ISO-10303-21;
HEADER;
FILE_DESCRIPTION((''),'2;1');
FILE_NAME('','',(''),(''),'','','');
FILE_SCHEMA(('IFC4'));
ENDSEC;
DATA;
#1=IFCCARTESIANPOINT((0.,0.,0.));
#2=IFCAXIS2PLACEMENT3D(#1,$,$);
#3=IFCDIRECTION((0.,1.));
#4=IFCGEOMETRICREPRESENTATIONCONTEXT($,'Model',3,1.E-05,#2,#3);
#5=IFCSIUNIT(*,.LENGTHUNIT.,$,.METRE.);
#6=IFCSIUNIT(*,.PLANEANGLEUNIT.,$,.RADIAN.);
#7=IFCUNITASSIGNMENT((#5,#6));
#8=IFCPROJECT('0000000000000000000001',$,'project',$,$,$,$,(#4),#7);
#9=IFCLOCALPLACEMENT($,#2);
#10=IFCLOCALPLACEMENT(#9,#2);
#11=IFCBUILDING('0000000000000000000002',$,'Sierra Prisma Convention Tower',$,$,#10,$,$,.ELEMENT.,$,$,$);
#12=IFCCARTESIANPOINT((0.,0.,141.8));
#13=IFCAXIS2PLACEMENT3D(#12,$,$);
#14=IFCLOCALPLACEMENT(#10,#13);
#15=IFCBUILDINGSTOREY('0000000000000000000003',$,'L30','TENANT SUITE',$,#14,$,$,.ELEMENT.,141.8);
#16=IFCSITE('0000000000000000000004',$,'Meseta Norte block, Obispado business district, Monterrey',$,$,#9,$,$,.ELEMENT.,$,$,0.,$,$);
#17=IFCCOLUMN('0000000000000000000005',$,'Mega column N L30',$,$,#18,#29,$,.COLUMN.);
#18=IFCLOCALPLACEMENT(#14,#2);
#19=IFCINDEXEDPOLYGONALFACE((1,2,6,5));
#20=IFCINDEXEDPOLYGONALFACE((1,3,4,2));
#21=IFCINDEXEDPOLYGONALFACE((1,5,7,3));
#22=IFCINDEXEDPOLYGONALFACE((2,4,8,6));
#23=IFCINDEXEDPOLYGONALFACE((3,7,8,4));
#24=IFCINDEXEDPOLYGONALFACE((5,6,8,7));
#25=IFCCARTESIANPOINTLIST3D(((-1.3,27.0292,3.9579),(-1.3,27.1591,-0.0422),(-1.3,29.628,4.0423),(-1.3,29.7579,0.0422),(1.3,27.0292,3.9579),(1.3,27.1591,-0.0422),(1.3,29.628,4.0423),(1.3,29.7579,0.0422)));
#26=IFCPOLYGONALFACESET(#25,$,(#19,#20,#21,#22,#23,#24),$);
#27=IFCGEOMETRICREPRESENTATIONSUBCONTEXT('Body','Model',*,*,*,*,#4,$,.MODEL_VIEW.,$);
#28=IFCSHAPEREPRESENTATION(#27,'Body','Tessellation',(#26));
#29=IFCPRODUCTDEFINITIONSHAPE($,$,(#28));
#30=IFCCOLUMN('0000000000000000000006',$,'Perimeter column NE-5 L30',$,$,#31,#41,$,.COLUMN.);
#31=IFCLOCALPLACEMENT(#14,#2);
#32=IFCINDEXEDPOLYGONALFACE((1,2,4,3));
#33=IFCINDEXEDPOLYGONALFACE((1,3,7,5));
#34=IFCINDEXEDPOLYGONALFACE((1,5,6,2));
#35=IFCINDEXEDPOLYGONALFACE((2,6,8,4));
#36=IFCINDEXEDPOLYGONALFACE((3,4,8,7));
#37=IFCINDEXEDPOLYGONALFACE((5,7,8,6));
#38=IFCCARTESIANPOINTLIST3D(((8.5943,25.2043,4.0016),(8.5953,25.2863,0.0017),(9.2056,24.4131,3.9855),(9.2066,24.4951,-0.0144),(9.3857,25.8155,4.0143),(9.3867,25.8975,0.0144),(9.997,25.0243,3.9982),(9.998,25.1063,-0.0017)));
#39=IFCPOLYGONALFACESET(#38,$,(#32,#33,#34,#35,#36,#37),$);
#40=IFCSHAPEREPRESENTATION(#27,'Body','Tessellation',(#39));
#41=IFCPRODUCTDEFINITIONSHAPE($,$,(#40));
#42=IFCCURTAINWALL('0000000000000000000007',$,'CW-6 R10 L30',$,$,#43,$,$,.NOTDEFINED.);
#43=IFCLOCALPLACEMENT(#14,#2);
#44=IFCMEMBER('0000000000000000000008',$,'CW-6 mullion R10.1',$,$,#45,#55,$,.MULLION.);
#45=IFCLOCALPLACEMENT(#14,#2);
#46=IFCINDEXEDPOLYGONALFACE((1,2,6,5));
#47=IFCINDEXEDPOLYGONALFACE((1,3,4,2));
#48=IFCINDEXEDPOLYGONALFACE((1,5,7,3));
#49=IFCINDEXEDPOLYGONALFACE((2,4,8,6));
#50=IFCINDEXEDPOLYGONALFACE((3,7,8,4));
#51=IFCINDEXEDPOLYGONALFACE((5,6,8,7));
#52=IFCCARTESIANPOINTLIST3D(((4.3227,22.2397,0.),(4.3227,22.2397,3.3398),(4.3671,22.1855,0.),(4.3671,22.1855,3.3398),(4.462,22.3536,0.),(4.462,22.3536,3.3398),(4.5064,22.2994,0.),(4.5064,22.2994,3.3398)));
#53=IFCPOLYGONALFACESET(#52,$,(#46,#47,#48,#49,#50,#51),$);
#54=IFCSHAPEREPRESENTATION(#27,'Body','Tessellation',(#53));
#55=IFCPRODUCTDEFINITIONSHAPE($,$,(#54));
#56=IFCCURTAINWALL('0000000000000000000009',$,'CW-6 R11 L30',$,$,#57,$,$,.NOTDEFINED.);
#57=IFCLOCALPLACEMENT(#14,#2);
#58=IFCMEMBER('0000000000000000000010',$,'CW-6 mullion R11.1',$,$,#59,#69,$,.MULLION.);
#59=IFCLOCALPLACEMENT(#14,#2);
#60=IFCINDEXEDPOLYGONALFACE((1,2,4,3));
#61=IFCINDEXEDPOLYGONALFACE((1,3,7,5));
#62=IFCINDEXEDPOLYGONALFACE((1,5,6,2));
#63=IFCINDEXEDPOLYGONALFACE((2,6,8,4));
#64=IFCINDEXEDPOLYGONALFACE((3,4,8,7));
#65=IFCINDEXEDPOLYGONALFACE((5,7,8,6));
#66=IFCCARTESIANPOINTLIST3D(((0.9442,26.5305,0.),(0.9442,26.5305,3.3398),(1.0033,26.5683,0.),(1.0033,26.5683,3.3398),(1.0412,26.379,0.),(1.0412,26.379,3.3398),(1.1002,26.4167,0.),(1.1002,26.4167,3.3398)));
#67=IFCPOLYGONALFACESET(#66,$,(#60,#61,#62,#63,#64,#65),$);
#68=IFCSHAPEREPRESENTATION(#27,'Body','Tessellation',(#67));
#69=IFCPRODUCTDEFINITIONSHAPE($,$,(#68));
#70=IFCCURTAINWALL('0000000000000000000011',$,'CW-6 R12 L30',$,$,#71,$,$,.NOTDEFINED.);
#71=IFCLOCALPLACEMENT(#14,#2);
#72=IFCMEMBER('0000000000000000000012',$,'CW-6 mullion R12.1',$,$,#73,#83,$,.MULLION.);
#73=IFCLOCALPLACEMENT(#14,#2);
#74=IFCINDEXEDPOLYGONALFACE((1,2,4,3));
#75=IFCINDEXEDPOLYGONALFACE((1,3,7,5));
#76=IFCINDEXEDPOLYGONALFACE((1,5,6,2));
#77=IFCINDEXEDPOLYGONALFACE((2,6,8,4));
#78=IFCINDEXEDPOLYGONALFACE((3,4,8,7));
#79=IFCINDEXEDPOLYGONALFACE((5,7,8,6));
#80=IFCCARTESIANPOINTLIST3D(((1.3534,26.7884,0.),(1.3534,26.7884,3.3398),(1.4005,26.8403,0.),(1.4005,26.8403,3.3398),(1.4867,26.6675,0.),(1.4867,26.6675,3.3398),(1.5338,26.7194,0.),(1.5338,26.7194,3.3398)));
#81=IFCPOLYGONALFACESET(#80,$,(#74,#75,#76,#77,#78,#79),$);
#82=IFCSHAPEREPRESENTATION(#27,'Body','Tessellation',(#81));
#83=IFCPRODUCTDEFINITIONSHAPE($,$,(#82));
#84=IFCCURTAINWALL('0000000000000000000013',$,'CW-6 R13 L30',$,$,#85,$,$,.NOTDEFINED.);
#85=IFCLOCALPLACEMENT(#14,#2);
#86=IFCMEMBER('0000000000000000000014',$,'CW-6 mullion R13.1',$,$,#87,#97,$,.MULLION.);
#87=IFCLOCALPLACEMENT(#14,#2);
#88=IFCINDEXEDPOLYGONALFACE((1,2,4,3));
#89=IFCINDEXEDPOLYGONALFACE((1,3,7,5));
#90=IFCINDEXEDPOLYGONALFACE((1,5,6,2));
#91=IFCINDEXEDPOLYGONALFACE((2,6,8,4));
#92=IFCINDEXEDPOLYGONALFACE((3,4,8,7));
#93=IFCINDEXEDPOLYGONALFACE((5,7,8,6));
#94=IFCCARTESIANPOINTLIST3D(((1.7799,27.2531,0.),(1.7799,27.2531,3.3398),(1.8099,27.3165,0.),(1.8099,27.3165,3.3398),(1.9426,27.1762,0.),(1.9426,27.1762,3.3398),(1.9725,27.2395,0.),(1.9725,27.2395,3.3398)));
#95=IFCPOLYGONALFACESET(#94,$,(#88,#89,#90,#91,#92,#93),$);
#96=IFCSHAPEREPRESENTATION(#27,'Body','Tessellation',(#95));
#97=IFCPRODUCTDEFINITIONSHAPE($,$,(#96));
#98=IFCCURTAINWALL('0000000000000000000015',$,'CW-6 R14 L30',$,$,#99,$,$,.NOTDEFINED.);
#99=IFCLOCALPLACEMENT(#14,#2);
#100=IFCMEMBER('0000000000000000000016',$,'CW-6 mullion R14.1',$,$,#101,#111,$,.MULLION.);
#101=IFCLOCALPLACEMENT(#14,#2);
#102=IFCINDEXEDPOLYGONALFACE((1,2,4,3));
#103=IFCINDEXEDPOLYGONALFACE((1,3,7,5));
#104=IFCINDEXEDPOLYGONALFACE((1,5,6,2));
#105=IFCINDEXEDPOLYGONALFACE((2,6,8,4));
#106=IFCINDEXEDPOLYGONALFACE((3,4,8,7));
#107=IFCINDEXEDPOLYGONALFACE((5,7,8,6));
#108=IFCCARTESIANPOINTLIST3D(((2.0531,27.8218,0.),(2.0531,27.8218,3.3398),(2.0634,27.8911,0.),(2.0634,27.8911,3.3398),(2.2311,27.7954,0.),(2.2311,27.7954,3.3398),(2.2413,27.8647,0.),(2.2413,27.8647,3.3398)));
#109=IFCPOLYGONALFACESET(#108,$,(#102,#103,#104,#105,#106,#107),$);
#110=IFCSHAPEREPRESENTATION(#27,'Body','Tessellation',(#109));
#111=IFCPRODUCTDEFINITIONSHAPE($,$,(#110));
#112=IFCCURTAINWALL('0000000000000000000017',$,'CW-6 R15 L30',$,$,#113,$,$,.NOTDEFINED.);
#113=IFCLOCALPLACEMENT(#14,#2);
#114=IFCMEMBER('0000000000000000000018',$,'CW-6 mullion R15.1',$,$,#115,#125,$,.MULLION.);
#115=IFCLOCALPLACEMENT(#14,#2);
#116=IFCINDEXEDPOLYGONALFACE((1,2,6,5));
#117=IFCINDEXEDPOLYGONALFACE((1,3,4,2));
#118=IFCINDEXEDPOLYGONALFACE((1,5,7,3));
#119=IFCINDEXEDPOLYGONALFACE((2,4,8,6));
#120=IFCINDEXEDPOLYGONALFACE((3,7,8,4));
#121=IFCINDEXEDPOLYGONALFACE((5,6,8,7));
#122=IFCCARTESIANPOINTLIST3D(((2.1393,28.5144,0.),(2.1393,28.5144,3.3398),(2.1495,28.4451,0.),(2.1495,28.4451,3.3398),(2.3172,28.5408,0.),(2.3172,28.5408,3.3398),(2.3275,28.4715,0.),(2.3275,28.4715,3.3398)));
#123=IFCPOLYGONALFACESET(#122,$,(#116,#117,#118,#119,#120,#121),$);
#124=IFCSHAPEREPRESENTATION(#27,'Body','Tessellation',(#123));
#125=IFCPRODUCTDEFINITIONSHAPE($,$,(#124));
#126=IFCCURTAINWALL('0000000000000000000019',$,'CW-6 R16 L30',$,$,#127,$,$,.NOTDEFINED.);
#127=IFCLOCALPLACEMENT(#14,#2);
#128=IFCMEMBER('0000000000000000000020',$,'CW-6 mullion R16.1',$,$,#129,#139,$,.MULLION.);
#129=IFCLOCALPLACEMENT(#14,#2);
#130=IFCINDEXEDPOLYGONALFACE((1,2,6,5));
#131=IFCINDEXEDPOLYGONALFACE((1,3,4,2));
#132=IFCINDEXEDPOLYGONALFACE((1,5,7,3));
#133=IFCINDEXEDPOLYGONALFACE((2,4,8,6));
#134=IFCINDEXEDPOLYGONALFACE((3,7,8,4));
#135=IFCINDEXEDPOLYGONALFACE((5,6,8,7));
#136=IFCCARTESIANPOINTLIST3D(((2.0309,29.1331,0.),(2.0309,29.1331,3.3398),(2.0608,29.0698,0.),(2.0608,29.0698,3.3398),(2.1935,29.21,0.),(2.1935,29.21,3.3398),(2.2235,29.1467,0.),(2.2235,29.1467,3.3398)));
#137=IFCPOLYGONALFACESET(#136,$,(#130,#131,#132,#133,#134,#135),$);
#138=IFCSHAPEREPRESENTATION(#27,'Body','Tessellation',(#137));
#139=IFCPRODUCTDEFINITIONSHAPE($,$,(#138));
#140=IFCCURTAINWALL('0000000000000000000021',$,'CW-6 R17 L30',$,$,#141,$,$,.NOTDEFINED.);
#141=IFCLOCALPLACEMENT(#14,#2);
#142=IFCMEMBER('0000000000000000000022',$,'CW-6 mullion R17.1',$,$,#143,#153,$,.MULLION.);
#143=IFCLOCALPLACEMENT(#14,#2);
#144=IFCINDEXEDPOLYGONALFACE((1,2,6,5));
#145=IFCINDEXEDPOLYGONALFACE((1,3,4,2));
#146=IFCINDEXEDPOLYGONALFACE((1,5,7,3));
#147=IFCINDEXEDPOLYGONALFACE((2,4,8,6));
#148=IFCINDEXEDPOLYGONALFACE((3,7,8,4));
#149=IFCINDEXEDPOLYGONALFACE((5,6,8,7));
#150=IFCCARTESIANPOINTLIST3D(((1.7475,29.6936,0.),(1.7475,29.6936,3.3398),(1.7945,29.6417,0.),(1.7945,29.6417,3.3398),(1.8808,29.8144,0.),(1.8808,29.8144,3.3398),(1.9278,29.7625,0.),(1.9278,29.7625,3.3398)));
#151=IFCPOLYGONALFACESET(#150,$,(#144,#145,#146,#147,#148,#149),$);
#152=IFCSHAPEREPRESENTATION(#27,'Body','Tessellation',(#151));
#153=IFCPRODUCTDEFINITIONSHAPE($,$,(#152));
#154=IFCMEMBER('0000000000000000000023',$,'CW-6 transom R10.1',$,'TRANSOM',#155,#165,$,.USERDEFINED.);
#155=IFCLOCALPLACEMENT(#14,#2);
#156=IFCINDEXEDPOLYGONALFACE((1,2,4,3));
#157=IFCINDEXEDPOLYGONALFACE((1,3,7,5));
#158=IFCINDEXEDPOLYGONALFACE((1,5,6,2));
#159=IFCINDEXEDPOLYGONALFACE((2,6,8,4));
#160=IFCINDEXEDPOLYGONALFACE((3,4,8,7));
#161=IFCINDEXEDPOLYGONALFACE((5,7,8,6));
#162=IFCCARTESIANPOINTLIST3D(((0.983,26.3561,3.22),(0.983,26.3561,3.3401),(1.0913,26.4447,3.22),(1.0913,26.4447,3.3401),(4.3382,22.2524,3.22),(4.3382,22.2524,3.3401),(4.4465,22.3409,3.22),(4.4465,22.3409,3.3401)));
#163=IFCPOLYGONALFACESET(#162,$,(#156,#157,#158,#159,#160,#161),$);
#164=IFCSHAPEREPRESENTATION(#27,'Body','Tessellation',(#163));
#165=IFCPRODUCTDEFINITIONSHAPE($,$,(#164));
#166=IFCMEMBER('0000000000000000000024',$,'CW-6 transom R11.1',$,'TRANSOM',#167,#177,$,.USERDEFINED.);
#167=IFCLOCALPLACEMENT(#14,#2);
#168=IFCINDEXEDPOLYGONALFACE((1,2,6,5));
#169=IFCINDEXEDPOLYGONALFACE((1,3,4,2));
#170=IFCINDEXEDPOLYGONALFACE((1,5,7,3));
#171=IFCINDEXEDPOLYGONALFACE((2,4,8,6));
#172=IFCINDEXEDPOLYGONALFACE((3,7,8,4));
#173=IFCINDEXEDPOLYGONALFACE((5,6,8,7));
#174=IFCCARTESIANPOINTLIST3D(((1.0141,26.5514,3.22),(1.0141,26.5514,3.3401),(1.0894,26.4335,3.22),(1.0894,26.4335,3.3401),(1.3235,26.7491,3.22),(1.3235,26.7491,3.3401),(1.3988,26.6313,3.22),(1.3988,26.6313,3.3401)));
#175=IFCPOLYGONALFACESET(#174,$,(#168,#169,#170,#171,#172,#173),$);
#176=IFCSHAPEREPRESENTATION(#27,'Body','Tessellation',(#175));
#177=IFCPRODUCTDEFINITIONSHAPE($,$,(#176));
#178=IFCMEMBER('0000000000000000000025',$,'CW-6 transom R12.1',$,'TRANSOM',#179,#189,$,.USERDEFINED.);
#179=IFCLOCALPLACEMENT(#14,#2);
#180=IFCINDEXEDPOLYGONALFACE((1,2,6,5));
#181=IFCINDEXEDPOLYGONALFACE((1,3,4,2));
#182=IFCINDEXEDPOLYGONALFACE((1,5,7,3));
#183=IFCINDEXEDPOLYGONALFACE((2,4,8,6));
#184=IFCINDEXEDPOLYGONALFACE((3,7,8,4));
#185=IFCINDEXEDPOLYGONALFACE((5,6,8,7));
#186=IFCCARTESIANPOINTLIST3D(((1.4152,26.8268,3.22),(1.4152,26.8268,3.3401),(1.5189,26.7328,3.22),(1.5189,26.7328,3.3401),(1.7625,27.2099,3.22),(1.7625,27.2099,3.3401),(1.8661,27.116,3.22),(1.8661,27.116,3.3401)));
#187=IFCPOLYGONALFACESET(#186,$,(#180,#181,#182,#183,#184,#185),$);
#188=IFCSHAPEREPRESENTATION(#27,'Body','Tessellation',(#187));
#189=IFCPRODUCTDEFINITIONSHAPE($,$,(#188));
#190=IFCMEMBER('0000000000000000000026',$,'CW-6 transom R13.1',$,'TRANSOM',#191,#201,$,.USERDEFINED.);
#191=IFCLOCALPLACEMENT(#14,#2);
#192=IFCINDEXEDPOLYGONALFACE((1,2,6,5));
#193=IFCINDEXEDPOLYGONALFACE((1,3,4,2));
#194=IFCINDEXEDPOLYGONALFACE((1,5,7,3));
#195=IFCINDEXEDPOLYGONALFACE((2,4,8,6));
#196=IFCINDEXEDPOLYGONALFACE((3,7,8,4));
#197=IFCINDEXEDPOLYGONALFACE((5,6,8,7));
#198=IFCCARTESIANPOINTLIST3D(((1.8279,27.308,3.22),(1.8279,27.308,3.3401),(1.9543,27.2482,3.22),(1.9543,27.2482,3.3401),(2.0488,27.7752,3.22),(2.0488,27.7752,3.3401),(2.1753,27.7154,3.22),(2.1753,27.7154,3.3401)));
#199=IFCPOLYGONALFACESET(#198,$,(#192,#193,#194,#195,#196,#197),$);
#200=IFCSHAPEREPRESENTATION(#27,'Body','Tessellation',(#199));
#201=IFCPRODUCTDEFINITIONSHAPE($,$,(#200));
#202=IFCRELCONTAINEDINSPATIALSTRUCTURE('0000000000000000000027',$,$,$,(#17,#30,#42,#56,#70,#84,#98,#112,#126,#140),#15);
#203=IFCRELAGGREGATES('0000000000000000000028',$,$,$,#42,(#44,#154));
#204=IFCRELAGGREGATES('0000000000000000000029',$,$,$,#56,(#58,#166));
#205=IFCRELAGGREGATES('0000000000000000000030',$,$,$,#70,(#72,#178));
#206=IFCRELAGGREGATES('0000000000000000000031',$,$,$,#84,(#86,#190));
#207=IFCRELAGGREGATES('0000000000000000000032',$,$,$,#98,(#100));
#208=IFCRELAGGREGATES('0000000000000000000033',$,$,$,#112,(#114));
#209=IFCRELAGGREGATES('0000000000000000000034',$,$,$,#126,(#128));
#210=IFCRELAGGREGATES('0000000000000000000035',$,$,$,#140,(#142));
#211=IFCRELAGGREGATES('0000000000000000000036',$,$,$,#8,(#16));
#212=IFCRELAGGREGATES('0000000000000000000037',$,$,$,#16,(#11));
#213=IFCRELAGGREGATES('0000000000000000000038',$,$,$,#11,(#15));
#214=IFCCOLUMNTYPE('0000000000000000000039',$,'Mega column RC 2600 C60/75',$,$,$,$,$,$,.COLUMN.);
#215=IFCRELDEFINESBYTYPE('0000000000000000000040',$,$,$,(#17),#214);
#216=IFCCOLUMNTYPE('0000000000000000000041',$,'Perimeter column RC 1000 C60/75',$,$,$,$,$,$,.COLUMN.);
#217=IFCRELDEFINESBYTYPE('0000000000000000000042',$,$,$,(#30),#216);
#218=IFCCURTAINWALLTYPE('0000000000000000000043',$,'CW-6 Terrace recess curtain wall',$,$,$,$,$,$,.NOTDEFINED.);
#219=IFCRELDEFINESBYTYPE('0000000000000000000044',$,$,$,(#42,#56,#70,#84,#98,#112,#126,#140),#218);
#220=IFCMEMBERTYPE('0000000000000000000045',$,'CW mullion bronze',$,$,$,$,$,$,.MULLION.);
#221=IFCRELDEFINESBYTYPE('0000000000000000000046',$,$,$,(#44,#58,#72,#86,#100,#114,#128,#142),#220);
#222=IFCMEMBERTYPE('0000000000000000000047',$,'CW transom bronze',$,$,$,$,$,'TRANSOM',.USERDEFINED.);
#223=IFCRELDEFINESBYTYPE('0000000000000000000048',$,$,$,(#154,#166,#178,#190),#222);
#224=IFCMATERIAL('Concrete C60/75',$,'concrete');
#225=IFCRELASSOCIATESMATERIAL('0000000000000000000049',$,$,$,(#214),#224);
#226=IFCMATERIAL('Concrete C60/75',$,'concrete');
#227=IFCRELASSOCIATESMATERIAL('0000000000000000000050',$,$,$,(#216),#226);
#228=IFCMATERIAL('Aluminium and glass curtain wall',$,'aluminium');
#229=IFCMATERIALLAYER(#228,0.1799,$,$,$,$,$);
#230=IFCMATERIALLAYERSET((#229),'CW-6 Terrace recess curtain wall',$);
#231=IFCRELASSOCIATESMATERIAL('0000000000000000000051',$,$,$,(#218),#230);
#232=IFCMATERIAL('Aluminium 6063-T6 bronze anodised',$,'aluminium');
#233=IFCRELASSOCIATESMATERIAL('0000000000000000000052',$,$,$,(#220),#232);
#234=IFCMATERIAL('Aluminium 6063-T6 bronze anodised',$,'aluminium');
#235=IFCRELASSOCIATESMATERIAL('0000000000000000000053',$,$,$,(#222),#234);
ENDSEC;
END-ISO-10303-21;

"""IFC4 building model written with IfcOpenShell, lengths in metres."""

from ifc_helpers import new_model, si_unit, direction, frame, origin, origin_2d, place, context, subcontext, project, spatial, rectangle, extrude, material, layer, layer_set, material_profile, profile_set, type_object, element, aggregate, save


model = new_model("IFC4")

# Units and contexts
model_context = context("Model", 3, precision=1e-05, world=origin(), true_north=direction((0.0, 1.0)))
body_context = subcontext(model_context, "Body", "Model", "MODEL_VIEW")
ifc_project = project(units=[si_unit("LENGTHUNIT", "METRE"), si_unit("PLANEANGLEUNIT", "RADIAN")], contexts=[model_context])

# Site, building, storey
site_placement = place(None, origin())
site = spatial("IfcSite", under=ifc_project, at=site_placement, Name="Meseta Norte block, Obispado business district, Monterrey", CompositionType="ELEMENT", RefElevation=0.0)
building_placement = place(site_placement, origin())
building = spatial("IfcBuilding", under=site, at=building_placement, Name="Sierra Prisma Convention Tower", CompositionType="ELEMENT")
storey_placement = place(building_placement, frame((0.0, 0.0, 141.8)))
storey = spatial("IfcBuildingStorey", under=building, at=storey_placement, Name="L30", Description="TENANT SUITE", CompositionType="ELEMENT", Elevation=141.8)

# Columns
ifc_material_1 = material(Name="Concrete C60/75", Category="concrete")
ifc_material_profile_1 = material_profile(ifc_material_1, rectangle(XDim=2.6001, YDim=2.6001, at=origin_2d()), Name="Mega column RC 2600 C60/75")
ifc_profile_set_1 = profile_set([ifc_material_profile_1], Name="Concrete C60/75")
column_type_1 = type_object("IfcColumnType", Name="Mega column RC 2600 C60/75", PredefinedType="COLUMN", material=ifc_profile_set_1)
column_1_placement = place(storey_placement, frame((0.0, 28.4585, 0.0), z_axis=(0.0, -0.032454, 0.999473), x_axis=(1.0, 0.0, 0.0)))
element("IfcColumn", 1, at=column_1_placement, inside=storey, type_object=column_type_1, Name="Mega column N L30", PredefinedType="COLUMN", context=body_context, shape_type="SweptSolid", body=[
    extrude(rectangle(XDim=2.6001, YDim=2.6001, at=origin_2d()), origin(), (0.0, 0.0, 1.0), 4.0022),
])
ifc_material_2 = material(Name="Concrete C60/75", Category="concrete")
ifc_material_profile_2 = material_profile(ifc_material_2, rectangle(XDim=1.0, YDim=1.0, at=origin_2d()), Name="Perimeter column RC 1000 C60/75")
ifc_profile_set_2 = profile_set([ifc_material_profile_2], Name="Concrete C60/75")
column_type_2 = type_object("IfcColumnType", Name="Perimeter column RC 1000 C60/75", PredefinedType="COLUMN", material=ifc_profile_set_2)
column_2_placement = place(storey_placement, frame((9.2966, 25.1963, 0.0), z_axis=(-0.000244, -0.020504, 0.99979), x_axis=(-0.611332, 0.791211, 0.016077)))
element("IfcColumn", 2, at=column_2_placement, inside=storey, type_object=column_type_2, Name="Perimeter column NE-5 L30", PredefinedType="COLUMN", context=body_context, shape_type="SweptSolid", body=[
    extrude(rectangle(XDim=1.0, YDim=1.0, at=origin_2d()), origin(), (0.0, 0.0, 1.0), 4.0007),
])

# Curtain walls, members
ifc_material_3 = material(Name="Aluminium and glass curtain wall", Category="aluminium")
ifc_layer_1 = layer(ifc_material_3, 0.1799)
ifc_layer_set_1 = layer_set([ifc_layer_1], Name="CW-6 Terrace recess curtain wall")
curtain_wall_type = type_object("IfcCurtainWallType", Name="CW-6 Terrace recess curtain wall", PredefinedType="NOTDEFINED", material=ifc_layer_set_1)
curtain_wall_1_placement = place(storey_placement, origin())
curtain_wall_1 = element("IfcCurtainWall", 3, at=curtain_wall_1_placement, inside=storey, type_object=curtain_wall_type, Name="CW-6 R10 L30", PredefinedType="NOTDEFINED")
ifc_material_4 = material(Name="Aluminium 6063-T6 bronze anodised", Category="aluminium")
ifc_material_profile_3 = material_profile(ifc_material_4, rectangle(XDim=0.1799, YDim=0.0701, at=origin_2d()), Name="ALU MULLION 70x180")
ifc_profile_set_3 = profile_set([ifc_material_profile_3], Name="Aluminium 6063-T6 bronze anodised")
member_type_1 = type_object("IfcMemberType", Name="CW mullion bronze", PredefinedType="MULLION", material=ifc_profile_set_3)
member_1_placement = place(storey_placement, frame((4.4146, 22.2695, 0.0), z_axis=(0.0, 0.0, 1.0), x_axis=(-0.774176, -0.632971, 0.0)))
member_1 = element("IfcMember", 4, at=member_1_placement, type_object=member_type_1, Name="CW-6 mullion R10.1", PredefinedType="MULLION", context=body_context, shape_type="SweptSolid", body=[
    extrude(rectangle(XDim=0.1799, YDim=0.0701, at=origin_2d()), origin(), (0.0, 0.0, 1.0), 3.3398),
])
curtain_wall_2_placement = place(storey_placement, origin())
curtain_wall_2 = element("IfcCurtainWall", 5, at=curtain_wall_2_placement, inside=storey, type_object=curtain_wall_type, Name="CW-6 R11 L30", PredefinedType="NOTDEFINED")
member_2_placement = place(storey_placement, frame((1.0222, 26.4736, 0.0), z_axis=(0.0, 0.0, 1.0), x_axis=(-0.538859, 0.842396, 0.0)))
member_2 = element("IfcMember", 6, at=member_2_placement, type_object=member_type_1, Name="CW-6 mullion R11.1", PredefinedType="MULLION", context=body_context, shape_type="SweptSolid", body=[
    extrude(rectangle(XDim=0.1799, YDim=0.0701, at=origin_2d()), origin(), (0.0, 0.0, 1.0), 3.3398),
])
curtain_wall_3_placement = place(storey_placement, origin())
curtain_wall_3 = element("IfcCurtainWall", 7, at=curtain_wall_3_placement, inside=storey, type_object=curtain_wall_type, Name="CW-6 R12 L30", PredefinedType="NOTDEFINED")
member_3_placement = place(storey_placement, frame((1.4436, 26.7539, 0.0), z_axis=(0.0, 0.0, 1.0), x_axis=(-0.740951, 0.671559, 0.0)))
member_3 = element("IfcMember", 8, at=member_3_placement, type_object=member_type_1, Name="CW-6 mullion R12.1", PredefinedType="MULLION", context=body_context, shape_type="SweptSolid", body=[
    extrude(rectangle(XDim=0.1799, YDim=0.0701, at=origin_2d()), origin(), (0.0, 0.0, 1.0), 3.3398),
])
curtain_wall_4_placement = place(storey_placement, origin())
curtain_wall_4 = element("IfcCurtainWall", 9, at=curtain_wall_4_placement, inside=storey, type_object=curtain_wall_type, Name="CW-6 R13 L30", PredefinedType="NOTDEFINED")
member_4_placement = place(storey_placement, frame((1.8762, 27.2463, 0.0), z_axis=(0.0, 0.0, 1.0), x_axis=(-0.903989, 0.427555, 0.0)))
member_4 = element("IfcMember", 10, at=member_4_placement, type_object=member_type_1, Name="CW-6 mullion R13.1", PredefinedType="MULLION", context=body_context, shape_type="SweptSolid", body=[
    extrude(rectangle(XDim=0.1799, YDim=0.0701, at=origin_2d()), origin(), (0.0, 0.0, 1.0), 3.3398),
])
curtain_wall_5_placement = place(storey_placement, origin())
curtain_wall_5 = element("IfcCurtainWall", 11, at=curtain_wall_5_placement, inside=storey, type_object=curtain_wall_type, Name="CW-6 R14 L30", PredefinedType="NOTDEFINED")
member_5_placement = place(storey_placement, frame((2.1472, 27.8433, 0.0), z_axis=(0.0, 0.0, 1.0), x_axis=(-0.989177, 0.14673, 0.0)))
member_5 = element("IfcMember", 12, at=member_5_placement, type_object=member_type_1, Name="CW-6 mullion R14.1", PredefinedType="MULLION", context=body_context, shape_type="SweptSolid", body=[
    extrude(rectangle(XDim=0.1799, YDim=0.0701, at=origin_2d()), origin(), (0.0, 0.0, 1.0), 3.3398),
])
curtain_wall_6_placement = place(storey_placement, origin())
curtain_wall_6 = element("IfcCurtainWall", 13, at=curtain_wall_6_placement, inside=storey, type_object=curtain_wall_type, Name="CW-6 R15 L30", PredefinedType="NOTDEFINED")
member_6_placement = place(storey_placement, frame((2.2334, 28.4929, 0.0), z_axis=(0.0, 0.0, 1.0), x_axis=(-0.989177, -0.14673, 0.0)))
member_6 = element("IfcMember", 14, at=member_6_placement, type_object=member_type_1, Name="CW-6 mullion R15.1", PredefinedType="MULLION", context=body_context, shape_type="SweptSolid", body=[
    extrude(rectangle(XDim=0.1799, YDim=0.0701, at=origin_2d()), origin(), (0.0, 0.0, 1.0), 3.3398),
])
curtain_wall_7_placement = place(storey_placement, origin())
curtain_wall_7 = element("IfcCurtainWall", 15, at=curtain_wall_7_placement, inside=storey, type_object=curtain_wall_type, Name="CW-6 R16 L30", PredefinedType="NOTDEFINED")
member_7_placement = place(storey_placement, frame((2.1272, 29.1399, 0.0), z_axis=(0.0, 0.0, 1.0), x_axis=(-0.903989, -0.427555, 0.0)))
member_7 = element("IfcMember", 16, at=member_7_placement, type_object=member_type_1, Name="CW-6 mullion R16.1", PredefinedType="MULLION", context=body_context, shape_type="SweptSolid", body=[
    extrude(rectangle(XDim=0.1799, YDim=0.0701, at=origin_2d()), origin(), (0.0, 0.0, 1.0), 3.3398),
])
curtain_wall_8_placement = place(storey_placement, origin())
curtain_wall_8 = element("IfcCurtainWall", 17, at=curtain_wall_8_placement, inside=storey, type_object=curtain_wall_type, Name="CW-6 R17 L30", PredefinedType="NOTDEFINED")
member_8_placement = place(storey_placement, frame((1.8376, 29.728, 0.0), z_axis=(0.0, 0.0, 1.0), x_axis=(-0.740951, -0.671559, 0.0)))
member_8 = element("IfcMember", 18, at=member_8_placement, type_object=member_type_1, Name="CW-6 mullion R17.1", PredefinedType="MULLION", context=body_context, shape_type="SweptSolid", body=[
    extrude(rectangle(XDim=0.1799, YDim=0.0701, at=origin_2d()), origin(), (0.0, 0.0, 1.0), 3.3398),
])

# Members
ifc_material_5 = material(Name="Aluminium 6063-T6 bronze anodised", Category="aluminium")
ifc_material_profile_4 = material_profile(ifc_material_5, rectangle(XDim=0.1399, YDim=0.1201, at=origin_2d()), Name="ALU TRANSOM 120x140")
ifc_profile_set_4 = profile_set([ifc_material_profile_4], Name="Aluminium 6063-T6 bronze anodised")
member_type_2 = type_object("IfcMemberType", Name="CW transom bronze", ElementType="TRANSOM", PredefinedType="USERDEFINED", material=ifc_profile_set_4)
member_9_placement = place(storey_placement, frame((4.3923, 22.2966, 3.28), z_axis=(-0.632967, 0.774179, 0.0), x_axis=(-0.774179, -0.632967, 0.0)))
member_9 = element("IfcMember", 19, at=member_9_placement, type_object=member_type_2, Name="CW-6 transom R10.1", ObjectType="TRANSOM", PredefinedType="USERDEFINED", context=body_context, shape_type="SweptSolid", body=[
    extrude(rectangle(XDim=0.1399, YDim=0.1201, at=origin_2d()), origin(), (0.0, 0.0, 1.0), 5.3008),
])
member_10_placement = place(storey_placement, frame((1.0518, 26.4924, 3.28), z_axis=(0.842537, 0.538638, 0.0), x_axis=(-0.538638, 0.842537, 0.0)))
member_10 = element("IfcMember", 20, at=member_10_placement, type_object=member_type_2, Name="CW-6 transom R11.1", ObjectType="TRANSOM", PredefinedType="USERDEFINED", context=body_context, shape_type="SweptSolid", body=[
    extrude(rectangle(XDim=0.1399, YDim=0.1201, at=origin_2d()), origin(), (0.0, 0.0, 1.0), 0.3672),
])
member_11_placement = place(storey_placement, frame((1.467, 26.7798, 3.28), z_axis=(0.671544, 0.740965, 0.0), x_axis=(-0.740965, 0.671544, 0.0)))
member_11 = element("IfcMember", 21, at=member_11_placement, type_object=member_type_2, Name="CW-6 transom R12.1", ObjectType="TRANSOM", PredefinedType="USERDEFINED", context=body_context, shape_type="SweptSolid", body=[
    extrude(rectangle(XDim=0.1399, YDim=0.1201, at=origin_2d()), origin(), (0.0, 0.0, 1.0), 0.5171),
])
member_12_placement = place(storey_placement, frame((1.8911, 27.2781, 3.28), z_axis=(0.427457, 0.904036, 0.0), x_axis=(-0.904036, 0.427457, 0.0)))
member_12 = element("IfcMember", 22, at=member_12_placement, type_object=member_type_2, Name="CW-6 transom R13.1", ObjectType="TRANSOM", PredefinedType="USERDEFINED", context=body_context, shape_type="SweptSolid", body=[
    extrude(rectangle(XDim=0.1399, YDim=0.1201, at=origin_2d()), origin(), (0.0, 0.0, 1.0), 0.5168),
])

aggregate(curtain_wall_1, [member_1, member_9])
aggregate(curtain_wall_2, [member_2, member_10])
aggregate(curtain_wall_3, [member_3, member_11])
aggregate(curtain_wall_4, [member_4, member_12])
aggregate(curtain_wall_5, [member_5])
aggregate(curtain_wall_6, [member_6])
aggregate(curtain_wall_7, [member_7])
aggregate(curtain_wall_8, [member_8])

save(model, "model.ifc")
